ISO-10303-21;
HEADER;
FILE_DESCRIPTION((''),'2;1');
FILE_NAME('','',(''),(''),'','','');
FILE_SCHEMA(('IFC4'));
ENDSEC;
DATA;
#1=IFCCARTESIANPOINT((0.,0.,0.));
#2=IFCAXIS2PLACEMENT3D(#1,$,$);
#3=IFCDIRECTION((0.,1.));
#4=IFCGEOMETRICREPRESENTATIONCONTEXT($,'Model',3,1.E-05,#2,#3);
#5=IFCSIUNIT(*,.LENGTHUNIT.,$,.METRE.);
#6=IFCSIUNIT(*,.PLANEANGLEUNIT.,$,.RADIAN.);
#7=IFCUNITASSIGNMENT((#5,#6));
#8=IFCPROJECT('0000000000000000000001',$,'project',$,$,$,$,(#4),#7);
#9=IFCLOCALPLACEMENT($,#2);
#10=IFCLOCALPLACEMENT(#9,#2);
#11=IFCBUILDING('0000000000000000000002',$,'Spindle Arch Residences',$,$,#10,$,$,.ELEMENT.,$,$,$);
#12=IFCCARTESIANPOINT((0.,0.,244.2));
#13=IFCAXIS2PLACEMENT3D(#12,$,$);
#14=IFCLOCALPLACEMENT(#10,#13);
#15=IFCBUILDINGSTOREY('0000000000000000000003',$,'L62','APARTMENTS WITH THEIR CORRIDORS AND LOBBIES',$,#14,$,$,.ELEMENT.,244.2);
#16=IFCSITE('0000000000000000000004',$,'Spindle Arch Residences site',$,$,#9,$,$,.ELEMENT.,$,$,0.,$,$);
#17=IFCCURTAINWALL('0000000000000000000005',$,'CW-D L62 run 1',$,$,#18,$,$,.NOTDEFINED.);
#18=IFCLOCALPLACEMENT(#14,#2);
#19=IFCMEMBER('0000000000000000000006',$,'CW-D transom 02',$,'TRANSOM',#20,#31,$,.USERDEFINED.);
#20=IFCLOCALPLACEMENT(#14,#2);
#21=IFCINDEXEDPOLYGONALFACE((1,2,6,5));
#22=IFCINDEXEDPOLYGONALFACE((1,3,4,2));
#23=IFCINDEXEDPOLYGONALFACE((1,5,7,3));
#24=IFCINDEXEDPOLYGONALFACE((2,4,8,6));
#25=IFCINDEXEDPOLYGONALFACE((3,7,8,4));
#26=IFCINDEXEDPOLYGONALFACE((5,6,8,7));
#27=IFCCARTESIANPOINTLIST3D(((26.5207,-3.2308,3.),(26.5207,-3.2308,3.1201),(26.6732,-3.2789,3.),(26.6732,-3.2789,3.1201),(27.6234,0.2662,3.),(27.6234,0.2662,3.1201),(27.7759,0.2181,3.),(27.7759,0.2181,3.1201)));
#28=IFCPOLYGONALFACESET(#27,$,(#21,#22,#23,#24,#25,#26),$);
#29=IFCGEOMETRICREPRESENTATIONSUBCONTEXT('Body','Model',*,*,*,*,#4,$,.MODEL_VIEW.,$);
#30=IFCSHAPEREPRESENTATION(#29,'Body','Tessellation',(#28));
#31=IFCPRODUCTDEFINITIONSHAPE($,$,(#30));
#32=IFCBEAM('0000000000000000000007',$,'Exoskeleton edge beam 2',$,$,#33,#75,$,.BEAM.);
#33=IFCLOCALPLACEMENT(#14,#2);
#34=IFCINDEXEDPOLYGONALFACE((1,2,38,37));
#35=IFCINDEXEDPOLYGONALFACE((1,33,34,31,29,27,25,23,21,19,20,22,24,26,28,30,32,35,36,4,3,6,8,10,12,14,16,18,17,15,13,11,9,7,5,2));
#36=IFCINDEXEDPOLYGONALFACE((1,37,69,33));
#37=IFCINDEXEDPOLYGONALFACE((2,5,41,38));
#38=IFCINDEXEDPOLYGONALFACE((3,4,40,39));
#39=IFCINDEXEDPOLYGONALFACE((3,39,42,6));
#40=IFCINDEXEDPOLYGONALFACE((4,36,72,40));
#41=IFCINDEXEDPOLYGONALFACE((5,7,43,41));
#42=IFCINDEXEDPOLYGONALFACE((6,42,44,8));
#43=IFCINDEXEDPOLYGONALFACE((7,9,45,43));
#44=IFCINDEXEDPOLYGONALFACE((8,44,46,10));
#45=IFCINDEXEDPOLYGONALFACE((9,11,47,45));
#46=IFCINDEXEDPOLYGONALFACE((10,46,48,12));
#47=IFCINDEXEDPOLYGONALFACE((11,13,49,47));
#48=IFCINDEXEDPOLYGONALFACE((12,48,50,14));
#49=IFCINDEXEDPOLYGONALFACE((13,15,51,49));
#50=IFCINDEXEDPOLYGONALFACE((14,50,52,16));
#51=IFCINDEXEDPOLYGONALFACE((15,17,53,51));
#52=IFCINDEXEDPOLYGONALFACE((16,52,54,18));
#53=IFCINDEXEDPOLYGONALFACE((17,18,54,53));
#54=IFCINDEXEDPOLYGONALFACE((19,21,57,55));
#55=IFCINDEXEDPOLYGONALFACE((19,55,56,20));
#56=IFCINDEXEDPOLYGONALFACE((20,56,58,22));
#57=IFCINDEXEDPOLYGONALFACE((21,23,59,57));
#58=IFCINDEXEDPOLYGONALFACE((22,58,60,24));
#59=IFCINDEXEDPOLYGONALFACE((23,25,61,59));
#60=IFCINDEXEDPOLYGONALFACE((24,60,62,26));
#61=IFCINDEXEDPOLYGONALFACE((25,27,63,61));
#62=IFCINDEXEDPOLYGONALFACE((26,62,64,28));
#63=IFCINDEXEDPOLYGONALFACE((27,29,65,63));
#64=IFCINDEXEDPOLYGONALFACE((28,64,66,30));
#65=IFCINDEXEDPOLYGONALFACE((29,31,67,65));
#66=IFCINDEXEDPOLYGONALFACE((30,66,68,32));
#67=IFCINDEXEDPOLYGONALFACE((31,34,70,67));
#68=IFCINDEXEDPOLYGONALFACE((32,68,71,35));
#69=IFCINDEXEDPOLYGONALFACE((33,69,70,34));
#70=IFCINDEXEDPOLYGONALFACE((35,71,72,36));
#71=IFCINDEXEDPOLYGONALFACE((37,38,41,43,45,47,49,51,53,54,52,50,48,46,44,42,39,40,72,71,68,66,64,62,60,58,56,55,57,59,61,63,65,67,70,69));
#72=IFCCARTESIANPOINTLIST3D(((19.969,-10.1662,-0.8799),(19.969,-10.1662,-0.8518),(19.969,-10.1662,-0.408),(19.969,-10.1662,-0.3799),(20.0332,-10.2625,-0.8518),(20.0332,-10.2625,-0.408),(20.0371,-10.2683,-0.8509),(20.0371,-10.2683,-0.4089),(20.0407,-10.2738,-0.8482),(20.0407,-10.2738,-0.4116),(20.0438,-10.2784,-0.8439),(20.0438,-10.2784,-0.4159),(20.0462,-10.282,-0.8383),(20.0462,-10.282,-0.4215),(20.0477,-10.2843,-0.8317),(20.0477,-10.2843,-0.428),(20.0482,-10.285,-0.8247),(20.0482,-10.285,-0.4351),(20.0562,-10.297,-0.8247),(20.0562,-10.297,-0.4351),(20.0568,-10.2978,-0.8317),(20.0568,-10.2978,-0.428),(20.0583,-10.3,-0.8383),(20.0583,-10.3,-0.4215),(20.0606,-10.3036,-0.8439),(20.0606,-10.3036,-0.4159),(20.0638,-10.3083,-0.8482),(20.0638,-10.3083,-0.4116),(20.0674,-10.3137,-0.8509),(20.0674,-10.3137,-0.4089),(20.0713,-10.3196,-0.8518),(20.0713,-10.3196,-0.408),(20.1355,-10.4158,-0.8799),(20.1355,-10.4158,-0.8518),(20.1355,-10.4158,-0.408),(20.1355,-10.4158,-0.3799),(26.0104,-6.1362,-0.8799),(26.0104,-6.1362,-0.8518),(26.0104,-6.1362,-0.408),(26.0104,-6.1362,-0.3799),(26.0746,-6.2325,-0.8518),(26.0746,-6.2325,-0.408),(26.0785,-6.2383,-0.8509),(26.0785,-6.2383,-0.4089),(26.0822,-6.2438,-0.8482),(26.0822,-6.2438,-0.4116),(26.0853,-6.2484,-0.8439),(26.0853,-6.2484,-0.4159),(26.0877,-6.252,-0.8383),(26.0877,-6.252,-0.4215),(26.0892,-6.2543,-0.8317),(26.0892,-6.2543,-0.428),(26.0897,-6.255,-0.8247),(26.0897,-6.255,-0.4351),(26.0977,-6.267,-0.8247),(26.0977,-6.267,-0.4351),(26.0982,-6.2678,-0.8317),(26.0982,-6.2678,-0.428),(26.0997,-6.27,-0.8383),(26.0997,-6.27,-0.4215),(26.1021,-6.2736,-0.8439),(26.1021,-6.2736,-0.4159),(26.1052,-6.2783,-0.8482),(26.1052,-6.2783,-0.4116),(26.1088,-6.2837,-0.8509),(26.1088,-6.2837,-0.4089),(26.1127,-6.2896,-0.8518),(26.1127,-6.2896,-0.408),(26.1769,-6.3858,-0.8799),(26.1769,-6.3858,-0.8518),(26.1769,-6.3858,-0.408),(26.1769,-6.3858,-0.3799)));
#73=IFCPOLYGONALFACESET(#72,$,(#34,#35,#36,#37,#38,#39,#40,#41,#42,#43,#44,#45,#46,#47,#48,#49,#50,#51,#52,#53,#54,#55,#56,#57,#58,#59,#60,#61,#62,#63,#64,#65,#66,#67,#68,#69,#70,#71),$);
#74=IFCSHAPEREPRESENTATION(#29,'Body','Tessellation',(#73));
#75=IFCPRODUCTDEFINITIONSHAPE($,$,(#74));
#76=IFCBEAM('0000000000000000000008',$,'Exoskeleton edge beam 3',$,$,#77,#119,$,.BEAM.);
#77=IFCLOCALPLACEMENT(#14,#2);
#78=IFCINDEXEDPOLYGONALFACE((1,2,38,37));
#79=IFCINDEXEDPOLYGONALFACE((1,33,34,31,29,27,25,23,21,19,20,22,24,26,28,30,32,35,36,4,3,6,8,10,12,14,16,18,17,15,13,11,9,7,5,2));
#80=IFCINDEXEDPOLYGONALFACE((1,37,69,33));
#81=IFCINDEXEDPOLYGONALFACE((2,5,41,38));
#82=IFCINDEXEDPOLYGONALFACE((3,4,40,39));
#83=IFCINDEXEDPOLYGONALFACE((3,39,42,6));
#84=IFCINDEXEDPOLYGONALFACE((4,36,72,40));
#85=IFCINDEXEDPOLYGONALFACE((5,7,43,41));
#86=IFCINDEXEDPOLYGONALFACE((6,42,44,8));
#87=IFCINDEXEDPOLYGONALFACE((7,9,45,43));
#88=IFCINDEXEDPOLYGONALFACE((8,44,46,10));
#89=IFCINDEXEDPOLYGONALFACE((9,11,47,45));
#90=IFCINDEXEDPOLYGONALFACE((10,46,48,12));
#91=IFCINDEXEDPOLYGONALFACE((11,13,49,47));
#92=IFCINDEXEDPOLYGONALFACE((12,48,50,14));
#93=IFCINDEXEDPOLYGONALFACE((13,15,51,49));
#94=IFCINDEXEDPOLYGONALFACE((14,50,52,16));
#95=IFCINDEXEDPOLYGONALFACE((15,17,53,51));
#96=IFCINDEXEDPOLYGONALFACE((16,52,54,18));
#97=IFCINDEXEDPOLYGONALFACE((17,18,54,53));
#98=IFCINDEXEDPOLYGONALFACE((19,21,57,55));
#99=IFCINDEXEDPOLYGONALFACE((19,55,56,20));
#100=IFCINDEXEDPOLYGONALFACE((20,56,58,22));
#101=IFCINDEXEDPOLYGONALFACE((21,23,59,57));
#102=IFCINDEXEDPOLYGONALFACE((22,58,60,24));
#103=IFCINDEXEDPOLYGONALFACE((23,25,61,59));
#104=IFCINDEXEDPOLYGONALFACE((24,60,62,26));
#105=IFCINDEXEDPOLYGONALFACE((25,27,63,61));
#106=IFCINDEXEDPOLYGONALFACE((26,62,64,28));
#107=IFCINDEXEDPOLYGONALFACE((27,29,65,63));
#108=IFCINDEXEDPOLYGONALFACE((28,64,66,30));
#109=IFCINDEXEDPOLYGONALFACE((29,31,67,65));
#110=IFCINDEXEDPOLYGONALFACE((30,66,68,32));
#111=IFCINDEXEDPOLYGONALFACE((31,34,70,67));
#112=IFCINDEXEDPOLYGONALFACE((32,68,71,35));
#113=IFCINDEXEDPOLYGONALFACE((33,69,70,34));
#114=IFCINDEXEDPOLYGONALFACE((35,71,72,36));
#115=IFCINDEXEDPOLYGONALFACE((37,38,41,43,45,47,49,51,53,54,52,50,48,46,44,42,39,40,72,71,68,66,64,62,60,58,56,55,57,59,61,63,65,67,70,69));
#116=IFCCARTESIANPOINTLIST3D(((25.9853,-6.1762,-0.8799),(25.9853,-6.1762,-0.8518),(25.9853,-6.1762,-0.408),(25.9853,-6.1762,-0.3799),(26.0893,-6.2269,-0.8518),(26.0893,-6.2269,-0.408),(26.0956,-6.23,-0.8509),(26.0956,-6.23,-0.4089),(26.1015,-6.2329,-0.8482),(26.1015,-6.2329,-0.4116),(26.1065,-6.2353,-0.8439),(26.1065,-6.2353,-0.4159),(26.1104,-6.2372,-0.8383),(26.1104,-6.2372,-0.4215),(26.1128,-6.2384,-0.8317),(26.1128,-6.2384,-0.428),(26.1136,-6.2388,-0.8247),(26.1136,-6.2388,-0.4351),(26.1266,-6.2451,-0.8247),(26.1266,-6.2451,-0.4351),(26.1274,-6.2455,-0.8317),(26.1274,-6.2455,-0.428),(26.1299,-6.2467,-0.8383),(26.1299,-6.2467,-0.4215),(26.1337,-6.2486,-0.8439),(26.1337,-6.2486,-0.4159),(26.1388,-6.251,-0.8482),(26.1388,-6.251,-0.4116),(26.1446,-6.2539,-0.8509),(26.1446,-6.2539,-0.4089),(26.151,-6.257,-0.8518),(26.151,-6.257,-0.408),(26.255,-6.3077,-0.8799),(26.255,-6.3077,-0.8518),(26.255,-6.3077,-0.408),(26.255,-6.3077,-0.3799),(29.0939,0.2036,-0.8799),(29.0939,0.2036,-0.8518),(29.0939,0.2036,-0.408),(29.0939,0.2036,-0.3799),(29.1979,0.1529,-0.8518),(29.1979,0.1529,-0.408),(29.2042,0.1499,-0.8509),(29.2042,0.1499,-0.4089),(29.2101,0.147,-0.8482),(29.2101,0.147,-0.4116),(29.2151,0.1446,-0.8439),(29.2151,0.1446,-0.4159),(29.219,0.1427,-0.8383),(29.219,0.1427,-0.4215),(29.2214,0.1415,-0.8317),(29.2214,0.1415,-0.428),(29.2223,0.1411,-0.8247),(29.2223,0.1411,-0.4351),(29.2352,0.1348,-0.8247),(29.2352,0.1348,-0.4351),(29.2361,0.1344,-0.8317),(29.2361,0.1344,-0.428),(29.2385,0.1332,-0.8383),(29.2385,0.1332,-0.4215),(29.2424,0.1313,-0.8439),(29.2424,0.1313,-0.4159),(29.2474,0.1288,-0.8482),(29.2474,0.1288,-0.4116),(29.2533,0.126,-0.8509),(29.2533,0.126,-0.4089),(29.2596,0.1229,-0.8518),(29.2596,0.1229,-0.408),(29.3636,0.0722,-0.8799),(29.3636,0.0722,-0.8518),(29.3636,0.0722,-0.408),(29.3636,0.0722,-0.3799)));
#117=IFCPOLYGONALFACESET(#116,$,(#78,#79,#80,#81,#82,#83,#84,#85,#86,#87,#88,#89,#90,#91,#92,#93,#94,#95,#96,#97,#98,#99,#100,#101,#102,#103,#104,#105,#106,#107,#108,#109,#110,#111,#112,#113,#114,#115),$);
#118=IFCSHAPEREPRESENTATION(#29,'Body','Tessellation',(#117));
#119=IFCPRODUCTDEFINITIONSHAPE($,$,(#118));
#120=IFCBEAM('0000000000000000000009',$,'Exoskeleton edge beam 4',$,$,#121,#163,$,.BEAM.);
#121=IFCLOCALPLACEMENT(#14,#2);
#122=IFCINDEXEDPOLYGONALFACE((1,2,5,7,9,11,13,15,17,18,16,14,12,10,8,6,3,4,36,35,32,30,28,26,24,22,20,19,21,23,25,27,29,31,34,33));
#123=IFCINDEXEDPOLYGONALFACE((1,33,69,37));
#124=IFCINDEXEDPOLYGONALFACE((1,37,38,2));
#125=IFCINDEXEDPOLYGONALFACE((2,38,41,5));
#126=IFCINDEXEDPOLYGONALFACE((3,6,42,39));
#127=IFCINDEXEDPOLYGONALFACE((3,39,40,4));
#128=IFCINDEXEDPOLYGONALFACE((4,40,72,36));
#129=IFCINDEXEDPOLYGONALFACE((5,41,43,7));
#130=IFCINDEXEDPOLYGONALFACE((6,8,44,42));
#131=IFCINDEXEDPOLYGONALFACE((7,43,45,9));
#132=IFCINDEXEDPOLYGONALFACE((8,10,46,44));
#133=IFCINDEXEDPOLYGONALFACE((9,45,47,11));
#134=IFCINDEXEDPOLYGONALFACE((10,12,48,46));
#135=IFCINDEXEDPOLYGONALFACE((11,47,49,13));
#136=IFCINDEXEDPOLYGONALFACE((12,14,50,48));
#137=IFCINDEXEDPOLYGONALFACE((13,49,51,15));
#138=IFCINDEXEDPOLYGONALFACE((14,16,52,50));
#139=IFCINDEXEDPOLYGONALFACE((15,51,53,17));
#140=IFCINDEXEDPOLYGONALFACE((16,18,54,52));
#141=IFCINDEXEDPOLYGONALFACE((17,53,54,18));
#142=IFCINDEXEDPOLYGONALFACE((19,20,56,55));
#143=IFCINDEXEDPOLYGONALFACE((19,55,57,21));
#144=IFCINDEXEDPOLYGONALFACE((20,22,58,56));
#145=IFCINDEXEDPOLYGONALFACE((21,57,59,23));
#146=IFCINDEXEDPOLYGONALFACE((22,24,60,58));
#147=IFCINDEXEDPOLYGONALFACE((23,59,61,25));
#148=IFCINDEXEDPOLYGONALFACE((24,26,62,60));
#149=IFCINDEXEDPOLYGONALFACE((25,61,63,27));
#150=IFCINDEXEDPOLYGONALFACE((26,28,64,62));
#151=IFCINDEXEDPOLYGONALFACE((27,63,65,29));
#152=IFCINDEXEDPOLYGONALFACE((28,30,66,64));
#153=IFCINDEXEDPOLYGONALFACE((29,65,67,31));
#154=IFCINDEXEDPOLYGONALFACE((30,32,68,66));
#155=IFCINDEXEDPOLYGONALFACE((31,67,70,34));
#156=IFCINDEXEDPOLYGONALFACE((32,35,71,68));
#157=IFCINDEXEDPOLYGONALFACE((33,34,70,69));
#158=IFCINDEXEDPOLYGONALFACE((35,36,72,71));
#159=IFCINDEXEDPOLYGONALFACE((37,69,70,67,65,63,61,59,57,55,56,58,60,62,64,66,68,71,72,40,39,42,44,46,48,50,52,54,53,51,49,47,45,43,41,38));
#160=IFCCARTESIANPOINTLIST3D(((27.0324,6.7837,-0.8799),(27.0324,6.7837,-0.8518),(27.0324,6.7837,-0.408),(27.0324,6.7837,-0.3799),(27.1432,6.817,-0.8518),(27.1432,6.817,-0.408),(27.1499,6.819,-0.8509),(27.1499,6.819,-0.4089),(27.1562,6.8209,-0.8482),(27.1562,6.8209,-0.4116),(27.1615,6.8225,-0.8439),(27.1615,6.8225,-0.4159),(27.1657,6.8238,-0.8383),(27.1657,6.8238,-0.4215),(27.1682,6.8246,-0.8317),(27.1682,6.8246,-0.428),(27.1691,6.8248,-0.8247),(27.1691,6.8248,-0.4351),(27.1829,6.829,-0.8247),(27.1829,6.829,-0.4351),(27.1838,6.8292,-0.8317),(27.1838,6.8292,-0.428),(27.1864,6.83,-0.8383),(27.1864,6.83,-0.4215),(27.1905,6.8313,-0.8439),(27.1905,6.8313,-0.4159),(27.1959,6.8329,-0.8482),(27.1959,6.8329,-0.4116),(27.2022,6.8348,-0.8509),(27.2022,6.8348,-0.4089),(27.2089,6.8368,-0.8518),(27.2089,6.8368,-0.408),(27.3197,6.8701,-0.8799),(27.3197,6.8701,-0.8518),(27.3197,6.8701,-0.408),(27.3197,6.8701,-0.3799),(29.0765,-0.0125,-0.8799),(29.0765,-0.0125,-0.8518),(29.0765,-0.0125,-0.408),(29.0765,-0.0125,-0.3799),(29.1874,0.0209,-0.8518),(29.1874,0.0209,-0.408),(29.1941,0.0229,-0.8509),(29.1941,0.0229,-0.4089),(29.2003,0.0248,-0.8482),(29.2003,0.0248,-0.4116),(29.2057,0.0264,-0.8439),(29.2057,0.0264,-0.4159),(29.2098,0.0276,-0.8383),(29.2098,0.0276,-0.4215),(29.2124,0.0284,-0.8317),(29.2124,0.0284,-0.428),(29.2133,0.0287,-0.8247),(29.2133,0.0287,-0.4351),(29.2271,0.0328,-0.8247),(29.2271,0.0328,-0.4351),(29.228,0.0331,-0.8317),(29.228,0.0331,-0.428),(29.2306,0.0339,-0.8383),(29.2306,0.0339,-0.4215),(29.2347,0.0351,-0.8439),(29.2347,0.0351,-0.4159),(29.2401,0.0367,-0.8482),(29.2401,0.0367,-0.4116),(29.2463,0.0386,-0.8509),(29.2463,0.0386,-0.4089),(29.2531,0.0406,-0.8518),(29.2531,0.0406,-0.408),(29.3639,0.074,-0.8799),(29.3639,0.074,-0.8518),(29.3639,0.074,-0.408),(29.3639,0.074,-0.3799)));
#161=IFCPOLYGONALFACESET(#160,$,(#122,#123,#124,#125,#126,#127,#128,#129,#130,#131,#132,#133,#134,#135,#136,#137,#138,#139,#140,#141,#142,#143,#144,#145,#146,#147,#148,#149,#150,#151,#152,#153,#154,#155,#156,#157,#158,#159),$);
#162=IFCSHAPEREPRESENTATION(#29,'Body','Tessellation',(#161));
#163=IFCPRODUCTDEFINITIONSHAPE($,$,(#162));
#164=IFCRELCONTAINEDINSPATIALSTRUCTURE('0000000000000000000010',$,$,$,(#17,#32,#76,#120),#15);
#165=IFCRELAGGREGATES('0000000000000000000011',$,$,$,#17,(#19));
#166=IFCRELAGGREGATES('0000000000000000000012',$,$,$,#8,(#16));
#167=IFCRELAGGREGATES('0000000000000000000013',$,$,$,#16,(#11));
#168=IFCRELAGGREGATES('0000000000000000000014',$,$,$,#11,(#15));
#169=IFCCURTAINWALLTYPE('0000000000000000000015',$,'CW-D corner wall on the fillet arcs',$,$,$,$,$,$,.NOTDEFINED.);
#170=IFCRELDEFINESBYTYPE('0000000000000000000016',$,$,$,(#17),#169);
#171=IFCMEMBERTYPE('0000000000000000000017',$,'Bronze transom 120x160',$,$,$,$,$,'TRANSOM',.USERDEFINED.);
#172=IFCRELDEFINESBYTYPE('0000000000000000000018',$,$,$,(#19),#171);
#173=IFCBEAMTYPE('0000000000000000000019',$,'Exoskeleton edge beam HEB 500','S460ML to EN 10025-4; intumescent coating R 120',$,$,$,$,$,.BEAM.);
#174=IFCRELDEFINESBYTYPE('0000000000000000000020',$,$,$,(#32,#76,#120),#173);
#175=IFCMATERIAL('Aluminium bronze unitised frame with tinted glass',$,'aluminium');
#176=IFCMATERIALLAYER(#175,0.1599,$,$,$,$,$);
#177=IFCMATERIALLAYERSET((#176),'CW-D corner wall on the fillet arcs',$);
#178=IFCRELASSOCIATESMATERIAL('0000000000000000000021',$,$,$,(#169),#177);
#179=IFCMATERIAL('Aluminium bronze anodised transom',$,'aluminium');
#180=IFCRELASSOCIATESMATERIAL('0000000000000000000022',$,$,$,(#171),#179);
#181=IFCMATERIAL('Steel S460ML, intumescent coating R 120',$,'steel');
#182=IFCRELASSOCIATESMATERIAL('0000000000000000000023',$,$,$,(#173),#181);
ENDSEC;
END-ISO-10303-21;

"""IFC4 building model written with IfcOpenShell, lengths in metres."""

from ifc_helpers import new_model, si_unit, direction, frame, origin, origin_2d, place, context, subcontext, project, spatial, rectangle, i_section, extrude, material, layer, layer_set, material_profile, profile_set, type_object, element, aggregate, save


model = new_model("IFC4")

# Units and contexts
model_context = context("Model", 3, precision=1e-05, world=origin(), true_north=direction((0.0, 1.0)))
body_context = subcontext(model_context, "Body", "Model", "MODEL_VIEW")
ifc_project = project(units=[si_unit("LENGTHUNIT", "METRE"), si_unit("PLANEANGLEUNIT", "RADIAN")], contexts=[model_context])

# Site, building, storey
site_placement = place(None, origin())
site = spatial("IfcSite", under=ifc_project, at=site_placement, Name="Spindle Arch Residences site", CompositionType="ELEMENT", RefElevation=0.0)
building_placement = place(site_placement, origin())
building = spatial("IfcBuilding", under=site, at=building_placement, Name="Spindle Arch Residences", CompositionType="ELEMENT")
storey_placement = place(building_placement, frame((0.0, 0.0, 244.2)))
storey = spatial("IfcBuildingStorey", under=building, at=storey_placement, Name="L62", Description="APARTMENTS WITH THEIR CORRIDORS AND LOBBIES", CompositionType="ELEMENT", Elevation=244.2)

# Curtain wall, member
ifc_material_1 = material(Name="Aluminium bronze unitised frame with tinted glass", Category="aluminium")
ifc_layer_1 = layer(ifc_material_1, 0.1599)
ifc_layer_set_1 = layer_set([ifc_layer_1], Name="CW-D corner wall on the fillet arcs")
curtain_wall_type = type_object("IfcCurtainWallType", Name="CW-D corner wall on the fillet arcs", PredefinedType="NOTDEFINED", material=ifc_layer_set_1)
curtain_wall_placement = place(storey_placement, origin())
curtain_wall = element("IfcCurtainWall", 1, at=curtain_wall_placement, inside=storey, type_object=curtain_wall_type, Name="CW-D L62 run 1", PredefinedType="NOTDEFINED")
ifc_material_2 = material(Name="Aluminium bronze anodised transom", Category="aluminium")
ifc_material_profile_1 = material_profile(ifc_material_2, rectangle(XDim=0.1599, YDim=0.1201, at=origin_2d()), Name="TR 120x160")
ifc_profile_set_1 = profile_set([ifc_material_profile_1], Name="Aluminium bronze anodised transom")
member_type_1 = type_object("IfcMemberType", Name="Bronze transom 120x160", ElementType="TRANSOM", PredefinedType="USERDEFINED", material=ifc_profile_set_1)
member_1_placement = place(storey_placement, frame((26.5969, -3.2549, 3.0601), z_axis=(0.300746, 0.953704, 0.0), x_axis=(-0.953704, 0.300746, 0.0)))
member_1 = element("IfcMember", 2, at=member_1_placement, type_object=member_type_1, Name="CW-D transom 02", ObjectType="TRANSOM", PredefinedType="USERDEFINED", context=body_context, shape_type="SweptSolid", body=[
    extrude(rectangle(XDim=0.1599, YDim=0.1201, at=origin_2d()), origin(), (0.0, 0.0, 1.0), 3.6667),
])

# Beams
ifc_material_3 = material(Name="Steel S460ML, intumescent coating R 120", Category="steel")
ifc_material_profile_2 = material_profile(ifc_material_3, i_section(OverallWidth=0.3, OverallDepth=0.5, WebThickness=0.0144, FlangeThickness=0.0281, FilletRadius=0.0271, at=origin_2d()), Name="HEB 500")
ifc_profile_set_2 = profile_set([ifc_material_profile_2], Name="Steel S460ML, intumescent coating R 120")
beam_type_1 = type_object("IfcBeamType", Name="Exoskeleton edge beam HEB 500", Description="S460ML to EN 10025-4; intumescent coating R 120", PredefinedType="BEAM", material=ifc_profile_set_2)
beam_1_placement = place(storey_placement, frame((20.0522, -10.291, -0.6299), z_axis=(0.8319, 0.554925, 0.0), x_axis=(-0.554925, 0.8319, 0.0)))
element("IfcBeam", 3, at=beam_1_placement, inside=storey, type_object=beam_type_1, Name="Exoskeleton edge beam 2", PredefinedType="BEAM", context=body_context, shape_type="SweptSolid", body=[
    extrude(i_section(OverallWidth=0.3, OverallDepth=0.5, WebThickness=0.0144, FlangeThickness=0.0281, FilletRadius=0.0271, at=origin_2d()), origin(), (0.0, 0.0, 1.0), 7.2622),
])
for number, where, z_axis, x_axis, name in (
    (4, (26.1201, -6.2419, -0.6299), (0.438026, 0.898962, 0.0), (-0.898962, 0.438026, 0.0), "Exoskeleton edge beam 3"),
    (5, (29.2202, 0.0308, -0.6299), (-0.288039, 0.957619, 0.0), (-0.957619, -0.288039, 0.0), "Exoskeleton edge beam 4"),
):
    element("IfcBeam", number, at=place(storey_placement, frame(where, z_axis=z_axis, x_axis=x_axis)), inside=storey, type_object=beam_type_1, Name=name, PredefinedType="BEAM", context=body_context, shape_type="SweptSolid", body=[
        extrude(i_section(OverallWidth=0.3, OverallDepth=0.5, WebThickness=0.0144, FlangeThickness=0.0281, FilletRadius=0.0271, at=origin_2d()), origin(), (0.0, 0.0, 1.0), 7.0969),
    ])

aggregate(curtain_wall, [member_1])

save(model, "model.ifc")
